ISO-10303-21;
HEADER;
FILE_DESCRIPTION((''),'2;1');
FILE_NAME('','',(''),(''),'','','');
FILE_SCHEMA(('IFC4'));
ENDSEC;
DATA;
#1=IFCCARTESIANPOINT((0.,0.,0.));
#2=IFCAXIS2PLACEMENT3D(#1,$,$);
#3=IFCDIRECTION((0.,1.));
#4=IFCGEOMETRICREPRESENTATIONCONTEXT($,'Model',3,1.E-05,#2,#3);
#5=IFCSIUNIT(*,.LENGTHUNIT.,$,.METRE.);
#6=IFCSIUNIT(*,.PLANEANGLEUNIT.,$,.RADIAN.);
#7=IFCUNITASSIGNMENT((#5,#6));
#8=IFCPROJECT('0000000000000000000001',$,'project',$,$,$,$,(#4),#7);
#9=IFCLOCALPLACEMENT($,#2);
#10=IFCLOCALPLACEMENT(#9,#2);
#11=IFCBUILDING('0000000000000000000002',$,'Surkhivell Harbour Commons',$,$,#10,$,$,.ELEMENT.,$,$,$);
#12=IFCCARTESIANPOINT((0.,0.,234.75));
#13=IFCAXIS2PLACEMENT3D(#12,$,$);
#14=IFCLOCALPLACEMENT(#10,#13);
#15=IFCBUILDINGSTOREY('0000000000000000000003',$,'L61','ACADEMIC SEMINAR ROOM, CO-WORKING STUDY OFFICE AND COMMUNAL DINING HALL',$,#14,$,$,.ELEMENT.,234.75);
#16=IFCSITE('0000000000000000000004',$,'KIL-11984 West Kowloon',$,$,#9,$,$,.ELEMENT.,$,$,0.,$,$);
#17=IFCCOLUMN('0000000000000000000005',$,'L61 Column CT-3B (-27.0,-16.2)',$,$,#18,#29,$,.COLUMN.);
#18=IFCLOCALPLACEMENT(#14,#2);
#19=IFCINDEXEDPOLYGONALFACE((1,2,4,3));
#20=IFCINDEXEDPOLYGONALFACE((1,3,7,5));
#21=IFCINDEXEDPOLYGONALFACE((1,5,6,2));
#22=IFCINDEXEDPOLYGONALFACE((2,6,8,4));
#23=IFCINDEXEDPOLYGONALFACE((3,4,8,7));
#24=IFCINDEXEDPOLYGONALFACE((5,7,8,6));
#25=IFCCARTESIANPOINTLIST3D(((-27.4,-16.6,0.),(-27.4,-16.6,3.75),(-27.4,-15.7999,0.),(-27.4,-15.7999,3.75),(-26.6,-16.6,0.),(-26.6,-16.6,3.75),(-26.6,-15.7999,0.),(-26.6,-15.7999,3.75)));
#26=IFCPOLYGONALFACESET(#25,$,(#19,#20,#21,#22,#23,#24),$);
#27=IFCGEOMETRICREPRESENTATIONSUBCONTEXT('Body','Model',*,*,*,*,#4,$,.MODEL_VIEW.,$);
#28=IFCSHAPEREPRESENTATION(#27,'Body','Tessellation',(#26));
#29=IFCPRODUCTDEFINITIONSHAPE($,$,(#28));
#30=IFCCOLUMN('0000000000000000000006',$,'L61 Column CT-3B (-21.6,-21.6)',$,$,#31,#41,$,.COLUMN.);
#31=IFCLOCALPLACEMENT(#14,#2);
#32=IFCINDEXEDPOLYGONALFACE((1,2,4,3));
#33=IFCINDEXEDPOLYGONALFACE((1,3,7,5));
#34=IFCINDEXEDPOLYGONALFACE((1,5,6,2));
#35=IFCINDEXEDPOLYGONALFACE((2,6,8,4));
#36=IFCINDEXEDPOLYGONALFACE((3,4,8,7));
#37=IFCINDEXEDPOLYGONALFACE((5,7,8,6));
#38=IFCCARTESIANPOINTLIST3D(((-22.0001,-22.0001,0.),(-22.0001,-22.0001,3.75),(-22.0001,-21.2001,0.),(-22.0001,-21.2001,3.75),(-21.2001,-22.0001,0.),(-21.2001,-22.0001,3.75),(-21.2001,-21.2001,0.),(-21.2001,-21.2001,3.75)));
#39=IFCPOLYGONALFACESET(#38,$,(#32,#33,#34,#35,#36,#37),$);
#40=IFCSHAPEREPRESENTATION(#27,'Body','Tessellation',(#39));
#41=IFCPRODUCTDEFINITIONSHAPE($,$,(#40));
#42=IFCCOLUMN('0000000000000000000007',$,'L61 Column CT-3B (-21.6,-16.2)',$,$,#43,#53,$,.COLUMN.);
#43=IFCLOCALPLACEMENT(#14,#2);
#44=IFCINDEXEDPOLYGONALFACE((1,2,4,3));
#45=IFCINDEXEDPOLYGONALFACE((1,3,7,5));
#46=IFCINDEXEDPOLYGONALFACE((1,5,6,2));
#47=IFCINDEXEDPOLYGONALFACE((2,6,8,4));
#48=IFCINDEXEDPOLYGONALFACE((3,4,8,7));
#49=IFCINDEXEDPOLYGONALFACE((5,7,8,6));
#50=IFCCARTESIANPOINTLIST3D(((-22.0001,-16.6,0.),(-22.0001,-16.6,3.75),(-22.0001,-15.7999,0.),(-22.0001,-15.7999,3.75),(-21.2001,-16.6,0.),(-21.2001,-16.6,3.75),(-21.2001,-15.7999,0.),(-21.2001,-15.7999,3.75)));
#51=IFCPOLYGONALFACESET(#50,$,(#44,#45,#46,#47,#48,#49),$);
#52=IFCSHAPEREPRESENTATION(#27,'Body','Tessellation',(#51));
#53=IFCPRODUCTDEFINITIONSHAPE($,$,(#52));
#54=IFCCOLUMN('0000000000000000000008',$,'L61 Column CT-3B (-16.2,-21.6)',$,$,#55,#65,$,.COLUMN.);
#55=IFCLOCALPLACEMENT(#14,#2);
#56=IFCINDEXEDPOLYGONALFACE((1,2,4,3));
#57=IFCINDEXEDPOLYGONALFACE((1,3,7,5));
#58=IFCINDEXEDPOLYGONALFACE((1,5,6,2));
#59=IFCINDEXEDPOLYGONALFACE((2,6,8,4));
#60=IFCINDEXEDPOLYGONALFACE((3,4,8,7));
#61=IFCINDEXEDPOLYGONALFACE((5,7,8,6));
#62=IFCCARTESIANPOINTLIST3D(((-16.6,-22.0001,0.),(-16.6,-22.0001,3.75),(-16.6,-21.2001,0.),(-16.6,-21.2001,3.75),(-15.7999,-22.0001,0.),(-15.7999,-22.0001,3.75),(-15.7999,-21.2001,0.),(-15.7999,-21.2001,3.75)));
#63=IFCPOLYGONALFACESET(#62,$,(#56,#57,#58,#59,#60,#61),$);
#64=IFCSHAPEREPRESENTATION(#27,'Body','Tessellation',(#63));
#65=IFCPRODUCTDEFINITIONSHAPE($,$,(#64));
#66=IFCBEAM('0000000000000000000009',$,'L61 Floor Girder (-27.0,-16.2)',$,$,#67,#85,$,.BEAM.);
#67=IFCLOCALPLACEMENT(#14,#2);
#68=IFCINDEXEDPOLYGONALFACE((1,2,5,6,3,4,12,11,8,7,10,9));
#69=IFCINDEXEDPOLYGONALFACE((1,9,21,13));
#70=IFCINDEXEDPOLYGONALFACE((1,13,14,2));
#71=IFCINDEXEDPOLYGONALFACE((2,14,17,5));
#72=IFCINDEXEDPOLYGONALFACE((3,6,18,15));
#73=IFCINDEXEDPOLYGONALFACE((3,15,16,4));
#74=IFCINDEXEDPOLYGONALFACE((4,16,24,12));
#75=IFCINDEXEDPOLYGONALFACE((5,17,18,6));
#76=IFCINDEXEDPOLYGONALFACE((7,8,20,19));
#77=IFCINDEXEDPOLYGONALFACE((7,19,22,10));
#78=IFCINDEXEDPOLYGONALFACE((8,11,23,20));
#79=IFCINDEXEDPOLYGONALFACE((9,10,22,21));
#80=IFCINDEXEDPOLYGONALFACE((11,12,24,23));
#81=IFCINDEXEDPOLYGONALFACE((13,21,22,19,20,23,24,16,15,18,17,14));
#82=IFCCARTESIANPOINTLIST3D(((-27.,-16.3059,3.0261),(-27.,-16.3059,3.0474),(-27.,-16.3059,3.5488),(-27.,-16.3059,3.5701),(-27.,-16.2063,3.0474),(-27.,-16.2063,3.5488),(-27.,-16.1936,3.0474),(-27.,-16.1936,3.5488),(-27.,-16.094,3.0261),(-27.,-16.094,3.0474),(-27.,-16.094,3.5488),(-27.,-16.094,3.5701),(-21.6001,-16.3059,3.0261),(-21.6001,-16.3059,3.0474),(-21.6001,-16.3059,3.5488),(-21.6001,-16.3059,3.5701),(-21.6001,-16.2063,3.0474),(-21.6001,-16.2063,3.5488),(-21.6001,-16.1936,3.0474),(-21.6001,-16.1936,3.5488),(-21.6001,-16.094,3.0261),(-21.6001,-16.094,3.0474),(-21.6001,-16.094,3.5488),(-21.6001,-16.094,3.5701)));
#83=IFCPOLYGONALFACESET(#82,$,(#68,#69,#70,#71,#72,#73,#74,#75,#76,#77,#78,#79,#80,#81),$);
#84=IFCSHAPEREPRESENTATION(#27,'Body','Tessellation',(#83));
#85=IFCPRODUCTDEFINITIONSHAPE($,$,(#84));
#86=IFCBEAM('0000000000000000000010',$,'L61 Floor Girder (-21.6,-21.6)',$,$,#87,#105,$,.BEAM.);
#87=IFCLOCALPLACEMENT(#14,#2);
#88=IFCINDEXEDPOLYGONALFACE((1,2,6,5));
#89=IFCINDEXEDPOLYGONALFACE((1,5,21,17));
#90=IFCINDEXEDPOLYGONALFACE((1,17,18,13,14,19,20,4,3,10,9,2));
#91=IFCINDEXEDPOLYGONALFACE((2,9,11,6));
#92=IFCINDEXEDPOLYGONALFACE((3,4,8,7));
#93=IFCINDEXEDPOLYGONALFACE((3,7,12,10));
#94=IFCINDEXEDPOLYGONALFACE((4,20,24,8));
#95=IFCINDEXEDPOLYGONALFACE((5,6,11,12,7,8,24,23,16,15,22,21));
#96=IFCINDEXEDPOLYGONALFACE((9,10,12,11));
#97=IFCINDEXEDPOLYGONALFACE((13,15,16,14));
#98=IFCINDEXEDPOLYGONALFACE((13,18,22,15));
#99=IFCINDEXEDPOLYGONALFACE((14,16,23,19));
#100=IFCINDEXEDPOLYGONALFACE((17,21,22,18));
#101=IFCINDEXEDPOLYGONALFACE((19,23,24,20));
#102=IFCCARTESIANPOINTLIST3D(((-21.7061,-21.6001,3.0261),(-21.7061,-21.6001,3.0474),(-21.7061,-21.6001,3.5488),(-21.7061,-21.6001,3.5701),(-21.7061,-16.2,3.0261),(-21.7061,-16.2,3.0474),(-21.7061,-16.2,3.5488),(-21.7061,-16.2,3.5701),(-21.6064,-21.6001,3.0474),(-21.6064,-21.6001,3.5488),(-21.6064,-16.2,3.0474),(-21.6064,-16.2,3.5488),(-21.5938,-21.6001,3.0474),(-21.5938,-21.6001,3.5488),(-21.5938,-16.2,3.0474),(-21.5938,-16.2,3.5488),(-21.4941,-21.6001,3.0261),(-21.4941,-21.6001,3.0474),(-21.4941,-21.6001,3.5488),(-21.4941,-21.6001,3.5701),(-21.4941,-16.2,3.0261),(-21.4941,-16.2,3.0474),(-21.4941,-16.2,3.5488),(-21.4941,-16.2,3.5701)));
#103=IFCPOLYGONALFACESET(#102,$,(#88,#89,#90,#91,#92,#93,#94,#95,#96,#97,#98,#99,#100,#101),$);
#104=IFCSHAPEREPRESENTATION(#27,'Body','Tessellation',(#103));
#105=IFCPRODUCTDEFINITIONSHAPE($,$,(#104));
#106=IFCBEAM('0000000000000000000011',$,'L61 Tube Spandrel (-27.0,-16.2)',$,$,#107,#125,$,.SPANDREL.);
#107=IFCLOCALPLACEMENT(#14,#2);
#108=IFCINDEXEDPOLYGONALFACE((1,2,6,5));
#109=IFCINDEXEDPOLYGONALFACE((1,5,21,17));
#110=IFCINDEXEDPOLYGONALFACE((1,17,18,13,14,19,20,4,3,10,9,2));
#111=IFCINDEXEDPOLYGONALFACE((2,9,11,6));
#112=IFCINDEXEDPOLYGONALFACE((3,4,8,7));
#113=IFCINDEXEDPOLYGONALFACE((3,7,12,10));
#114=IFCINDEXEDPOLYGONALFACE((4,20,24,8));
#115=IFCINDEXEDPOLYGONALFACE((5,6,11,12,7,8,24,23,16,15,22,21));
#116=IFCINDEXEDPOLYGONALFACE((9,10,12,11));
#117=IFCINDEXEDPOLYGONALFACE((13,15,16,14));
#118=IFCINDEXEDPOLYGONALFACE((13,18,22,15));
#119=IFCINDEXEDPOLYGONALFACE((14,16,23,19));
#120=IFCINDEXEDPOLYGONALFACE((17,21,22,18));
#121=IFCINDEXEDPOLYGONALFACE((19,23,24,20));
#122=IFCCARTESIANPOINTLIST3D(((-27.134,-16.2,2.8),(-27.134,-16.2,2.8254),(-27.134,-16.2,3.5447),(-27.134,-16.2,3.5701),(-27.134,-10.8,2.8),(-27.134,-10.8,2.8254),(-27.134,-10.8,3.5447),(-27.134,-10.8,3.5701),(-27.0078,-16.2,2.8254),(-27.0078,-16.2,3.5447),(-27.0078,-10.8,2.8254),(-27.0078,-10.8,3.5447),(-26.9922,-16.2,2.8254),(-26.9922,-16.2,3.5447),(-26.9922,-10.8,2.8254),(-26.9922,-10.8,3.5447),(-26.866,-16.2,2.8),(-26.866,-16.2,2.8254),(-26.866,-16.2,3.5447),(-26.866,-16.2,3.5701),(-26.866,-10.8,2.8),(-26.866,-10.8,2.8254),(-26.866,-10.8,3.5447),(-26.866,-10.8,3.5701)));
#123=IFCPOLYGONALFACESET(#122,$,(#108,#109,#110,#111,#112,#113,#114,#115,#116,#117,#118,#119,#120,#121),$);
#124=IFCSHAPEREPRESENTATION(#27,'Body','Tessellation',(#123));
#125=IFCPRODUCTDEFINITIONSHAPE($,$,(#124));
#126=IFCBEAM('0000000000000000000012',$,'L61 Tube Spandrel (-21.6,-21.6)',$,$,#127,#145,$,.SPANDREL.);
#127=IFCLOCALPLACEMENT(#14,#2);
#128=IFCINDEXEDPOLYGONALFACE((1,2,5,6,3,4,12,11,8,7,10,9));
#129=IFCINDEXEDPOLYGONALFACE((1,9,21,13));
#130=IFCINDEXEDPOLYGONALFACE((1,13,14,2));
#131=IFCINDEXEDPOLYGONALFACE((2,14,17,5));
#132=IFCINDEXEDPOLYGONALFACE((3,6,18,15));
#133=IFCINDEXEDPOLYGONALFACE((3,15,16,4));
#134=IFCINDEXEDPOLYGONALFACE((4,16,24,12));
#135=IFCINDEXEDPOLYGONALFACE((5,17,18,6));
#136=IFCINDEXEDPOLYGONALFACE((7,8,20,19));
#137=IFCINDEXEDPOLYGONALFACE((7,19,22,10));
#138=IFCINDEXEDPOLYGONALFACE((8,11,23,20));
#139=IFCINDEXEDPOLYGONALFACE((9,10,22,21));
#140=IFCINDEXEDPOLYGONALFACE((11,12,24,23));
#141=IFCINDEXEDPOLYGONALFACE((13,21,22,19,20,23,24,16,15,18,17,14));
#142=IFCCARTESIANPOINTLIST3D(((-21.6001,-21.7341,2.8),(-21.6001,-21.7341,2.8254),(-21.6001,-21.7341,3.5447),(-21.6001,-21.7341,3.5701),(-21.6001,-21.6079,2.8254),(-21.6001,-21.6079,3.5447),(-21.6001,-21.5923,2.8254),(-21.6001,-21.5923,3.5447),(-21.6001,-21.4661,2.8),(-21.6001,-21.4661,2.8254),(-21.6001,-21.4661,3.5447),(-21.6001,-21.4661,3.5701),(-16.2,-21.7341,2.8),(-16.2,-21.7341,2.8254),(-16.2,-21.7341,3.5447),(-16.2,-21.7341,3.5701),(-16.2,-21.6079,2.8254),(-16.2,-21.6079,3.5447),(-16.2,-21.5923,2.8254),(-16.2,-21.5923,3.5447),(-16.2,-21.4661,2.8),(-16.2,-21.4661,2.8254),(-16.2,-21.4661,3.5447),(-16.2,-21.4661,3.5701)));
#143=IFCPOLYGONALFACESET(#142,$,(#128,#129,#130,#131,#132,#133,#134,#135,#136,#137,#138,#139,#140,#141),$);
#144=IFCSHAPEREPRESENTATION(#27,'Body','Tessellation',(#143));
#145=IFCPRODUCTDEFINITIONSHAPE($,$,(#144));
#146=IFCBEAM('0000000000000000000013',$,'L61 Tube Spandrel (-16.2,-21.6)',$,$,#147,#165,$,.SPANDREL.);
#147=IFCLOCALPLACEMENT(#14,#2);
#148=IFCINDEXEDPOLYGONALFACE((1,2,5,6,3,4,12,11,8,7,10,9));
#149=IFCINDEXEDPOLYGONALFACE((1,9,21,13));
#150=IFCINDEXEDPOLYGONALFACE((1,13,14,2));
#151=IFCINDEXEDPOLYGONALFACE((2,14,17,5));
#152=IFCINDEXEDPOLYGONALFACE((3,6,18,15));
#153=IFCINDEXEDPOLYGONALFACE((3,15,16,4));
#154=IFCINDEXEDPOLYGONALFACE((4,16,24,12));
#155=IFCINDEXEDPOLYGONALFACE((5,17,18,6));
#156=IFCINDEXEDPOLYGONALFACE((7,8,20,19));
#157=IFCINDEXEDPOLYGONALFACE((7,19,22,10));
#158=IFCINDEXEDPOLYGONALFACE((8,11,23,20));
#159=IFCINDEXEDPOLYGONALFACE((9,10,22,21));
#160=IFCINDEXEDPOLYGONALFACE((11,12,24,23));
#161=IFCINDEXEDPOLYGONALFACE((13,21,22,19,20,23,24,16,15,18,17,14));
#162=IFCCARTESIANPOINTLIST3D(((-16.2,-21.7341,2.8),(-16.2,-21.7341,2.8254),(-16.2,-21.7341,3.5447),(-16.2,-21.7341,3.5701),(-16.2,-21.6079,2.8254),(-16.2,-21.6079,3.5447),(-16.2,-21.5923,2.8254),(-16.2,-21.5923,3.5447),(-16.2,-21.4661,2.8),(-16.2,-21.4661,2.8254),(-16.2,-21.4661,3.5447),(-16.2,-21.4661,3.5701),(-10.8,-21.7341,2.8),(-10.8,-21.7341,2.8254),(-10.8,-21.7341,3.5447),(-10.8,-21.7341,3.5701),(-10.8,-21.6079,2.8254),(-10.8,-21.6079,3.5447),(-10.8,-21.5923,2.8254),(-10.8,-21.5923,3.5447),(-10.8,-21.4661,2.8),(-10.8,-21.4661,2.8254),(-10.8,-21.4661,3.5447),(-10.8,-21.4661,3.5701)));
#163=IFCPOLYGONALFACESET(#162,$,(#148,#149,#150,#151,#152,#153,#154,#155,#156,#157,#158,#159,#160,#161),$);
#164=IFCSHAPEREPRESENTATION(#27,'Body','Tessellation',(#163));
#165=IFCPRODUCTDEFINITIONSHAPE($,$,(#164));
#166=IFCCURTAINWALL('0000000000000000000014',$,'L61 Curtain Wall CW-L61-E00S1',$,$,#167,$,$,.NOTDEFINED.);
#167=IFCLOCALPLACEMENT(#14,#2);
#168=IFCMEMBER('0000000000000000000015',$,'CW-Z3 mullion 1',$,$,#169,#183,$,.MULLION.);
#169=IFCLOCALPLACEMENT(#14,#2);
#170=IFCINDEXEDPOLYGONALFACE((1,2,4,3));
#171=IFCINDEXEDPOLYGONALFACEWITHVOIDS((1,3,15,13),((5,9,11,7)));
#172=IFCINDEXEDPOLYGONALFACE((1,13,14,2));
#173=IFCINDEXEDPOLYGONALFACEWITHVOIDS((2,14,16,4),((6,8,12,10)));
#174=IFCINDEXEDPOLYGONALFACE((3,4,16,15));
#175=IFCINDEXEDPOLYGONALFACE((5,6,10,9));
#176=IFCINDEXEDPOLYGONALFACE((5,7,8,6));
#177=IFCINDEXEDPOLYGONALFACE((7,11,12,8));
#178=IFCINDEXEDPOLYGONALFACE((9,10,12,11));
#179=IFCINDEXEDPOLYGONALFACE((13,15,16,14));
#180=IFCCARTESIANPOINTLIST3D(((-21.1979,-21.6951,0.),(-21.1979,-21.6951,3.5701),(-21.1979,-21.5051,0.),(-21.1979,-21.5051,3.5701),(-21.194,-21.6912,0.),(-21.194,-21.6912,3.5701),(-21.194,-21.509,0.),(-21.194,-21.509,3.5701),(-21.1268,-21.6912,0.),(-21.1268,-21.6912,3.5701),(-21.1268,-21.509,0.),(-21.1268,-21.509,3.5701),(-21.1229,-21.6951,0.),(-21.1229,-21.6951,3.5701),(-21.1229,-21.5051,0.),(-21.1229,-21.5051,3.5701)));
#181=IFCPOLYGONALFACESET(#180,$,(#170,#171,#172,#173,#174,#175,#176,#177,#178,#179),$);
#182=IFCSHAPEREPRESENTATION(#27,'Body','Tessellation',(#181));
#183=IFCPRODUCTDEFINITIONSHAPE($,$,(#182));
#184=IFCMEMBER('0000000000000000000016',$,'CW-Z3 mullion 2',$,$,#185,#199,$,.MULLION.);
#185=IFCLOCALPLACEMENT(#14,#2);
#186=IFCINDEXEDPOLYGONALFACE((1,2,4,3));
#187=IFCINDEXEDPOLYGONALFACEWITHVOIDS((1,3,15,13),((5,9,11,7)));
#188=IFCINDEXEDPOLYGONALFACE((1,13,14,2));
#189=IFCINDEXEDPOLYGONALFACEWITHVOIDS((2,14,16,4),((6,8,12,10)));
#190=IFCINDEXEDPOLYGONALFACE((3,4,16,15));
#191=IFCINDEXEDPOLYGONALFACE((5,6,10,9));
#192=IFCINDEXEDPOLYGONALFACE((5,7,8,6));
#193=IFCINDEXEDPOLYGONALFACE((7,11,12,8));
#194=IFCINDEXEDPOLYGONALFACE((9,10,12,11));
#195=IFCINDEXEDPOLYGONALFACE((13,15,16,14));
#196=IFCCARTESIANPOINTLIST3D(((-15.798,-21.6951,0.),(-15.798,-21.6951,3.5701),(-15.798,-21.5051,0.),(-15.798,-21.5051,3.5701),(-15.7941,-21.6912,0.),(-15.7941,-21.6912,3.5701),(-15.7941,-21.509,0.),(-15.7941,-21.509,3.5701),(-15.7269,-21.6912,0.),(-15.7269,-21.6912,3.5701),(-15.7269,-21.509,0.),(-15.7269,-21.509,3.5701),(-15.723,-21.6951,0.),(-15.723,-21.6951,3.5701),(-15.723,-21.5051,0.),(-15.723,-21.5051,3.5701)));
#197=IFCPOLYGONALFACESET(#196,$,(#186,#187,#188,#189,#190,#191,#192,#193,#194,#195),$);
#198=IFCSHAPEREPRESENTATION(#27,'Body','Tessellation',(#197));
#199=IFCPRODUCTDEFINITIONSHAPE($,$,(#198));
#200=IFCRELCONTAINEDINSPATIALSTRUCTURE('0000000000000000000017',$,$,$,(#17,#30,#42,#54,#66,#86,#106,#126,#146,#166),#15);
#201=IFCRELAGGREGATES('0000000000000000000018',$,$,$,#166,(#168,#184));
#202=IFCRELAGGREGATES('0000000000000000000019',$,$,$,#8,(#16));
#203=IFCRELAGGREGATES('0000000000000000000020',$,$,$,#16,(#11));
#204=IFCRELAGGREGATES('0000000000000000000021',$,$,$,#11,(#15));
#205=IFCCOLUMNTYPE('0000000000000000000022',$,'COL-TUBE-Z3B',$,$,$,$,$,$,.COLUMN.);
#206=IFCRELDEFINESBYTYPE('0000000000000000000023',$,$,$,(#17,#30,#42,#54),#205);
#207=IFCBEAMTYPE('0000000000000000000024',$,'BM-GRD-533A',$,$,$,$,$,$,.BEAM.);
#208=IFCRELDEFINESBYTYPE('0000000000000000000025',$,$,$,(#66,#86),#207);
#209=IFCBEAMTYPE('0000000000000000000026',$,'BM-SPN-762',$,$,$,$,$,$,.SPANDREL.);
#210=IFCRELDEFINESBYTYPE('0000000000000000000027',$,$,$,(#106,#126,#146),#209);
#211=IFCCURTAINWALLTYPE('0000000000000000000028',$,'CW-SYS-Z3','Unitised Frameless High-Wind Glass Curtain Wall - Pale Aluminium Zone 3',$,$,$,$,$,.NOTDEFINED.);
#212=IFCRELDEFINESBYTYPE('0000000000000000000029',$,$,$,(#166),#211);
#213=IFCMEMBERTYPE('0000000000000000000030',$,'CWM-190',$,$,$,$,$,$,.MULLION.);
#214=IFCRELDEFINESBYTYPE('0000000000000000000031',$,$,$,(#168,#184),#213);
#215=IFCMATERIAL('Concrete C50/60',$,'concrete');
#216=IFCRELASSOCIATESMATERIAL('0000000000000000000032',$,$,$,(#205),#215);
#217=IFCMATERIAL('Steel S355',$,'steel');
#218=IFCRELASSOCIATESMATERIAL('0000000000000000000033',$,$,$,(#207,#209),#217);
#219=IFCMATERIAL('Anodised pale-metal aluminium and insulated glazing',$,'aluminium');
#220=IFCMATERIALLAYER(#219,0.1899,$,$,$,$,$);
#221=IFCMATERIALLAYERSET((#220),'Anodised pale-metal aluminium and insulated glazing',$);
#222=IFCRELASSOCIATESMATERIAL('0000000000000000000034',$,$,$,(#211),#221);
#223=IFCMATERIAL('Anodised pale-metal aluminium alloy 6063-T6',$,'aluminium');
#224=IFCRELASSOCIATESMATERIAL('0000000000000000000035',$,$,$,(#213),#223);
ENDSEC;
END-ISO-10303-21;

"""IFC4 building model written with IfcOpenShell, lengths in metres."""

from ifc_helpers import new_model, si_unit, direction, frame, origin, origin_2d, place, context, subcontext, project, spatial, rectangle, hollow_rectangle, i_section, extrude, material, layer, layer_set, material_profile, profile_set, type_object, element, aggregate, save


model = new_model("IFC4")

# Units and contexts
model_context = context("Model", 3, precision=1e-05, world=origin(), true_north=direction((0.0, 1.0)))
body_context = subcontext(model_context, "Body", "Model", "MODEL_VIEW")
ifc_project = project(units=[si_unit("LENGTHUNIT", "METRE"), si_unit("PLANEANGLEUNIT", "RADIAN")], contexts=[model_context])

# Site, building, storey
site_placement = place(None, origin())
site = spatial("IfcSite", under=ifc_project, at=site_placement, Name="KIL-11984 West Kowloon", CompositionType="ELEMENT", RefElevation=0.0)
building_placement = place(site_placement, origin())
building = spatial("IfcBuilding", under=site, at=building_placement, Name="Surkhivell Harbour Commons", CompositionType="ELEMENT")
storey_placement = place(building_placement, frame((0.0, 0.0, 234.75)))
storey = spatial("IfcBuildingStorey", under=building, at=storey_placement, Name="L61", Description="ACADEMIC SEMINAR ROOM, CO-WORKING STUDY OFFICE AND COMMUNAL DINING HALL", CompositionType="ELEMENT", Elevation=234.75)

# Columns
ifc_material_1 = material(Name="Concrete C50/60", Category="concrete")
ifc_material_profile_1 = material_profile(ifc_material_1, rectangle(XDim=0.8, YDim=0.8, at=origin_2d()), Name="RC-COL-800x800")
ifc_profile_set_1 = profile_set([ifc_material_profile_1], Name="Concrete C50/60")
column_type = type_object("IfcColumnType", Name="COL-TUBE-Z3B", PredefinedType="COLUMN", material=ifc_profile_set_1)
for number, where, z_axis, x_axis, name in (
    (1, (-27.0, -16.2, 0.0), (0.0, 0.0, 1.0), (1.0, 0.0, 0.0), "L61 Column CT-3B (-27.0,-16.2)"),
    (2, (-21.6001, -21.6001, 0.0), (0.0, 0.0, 1.0), (1.0, 0.0, 0.0), "L61 Column CT-3B (-21.6,-21.6)"),
    (3, (-21.6001, -16.2, 0.0), (0.0, 0.0, 1.0), (1.0, 0.0, 0.0), "L61 Column CT-3B (-21.6,-16.2)"),
    (4, (-16.2, -21.6001, 0.0), (0.0, 0.0, 1.0), (1.0, 0.0, 0.0), "L61 Column CT-3B (-16.2,-21.6)"),
):
    element("IfcColumn", number, at=place(storey_placement, frame(where, z_axis=z_axis, x_axis=x_axis)), inside=storey, type_object=column_type, Name=name, PredefinedType="COLUMN", context=body_context, shape_type="SweptSolid", body=[
        extrude(rectangle(XDim=0.8, YDim=0.8, at=origin_2d()), origin(), (0.0, 0.0, 1.0), 3.75),
    ])

# Beams
ifc_material_2 = material(Name="Steel S355", Category="steel")
ifc_material_profile_2 = material_profile(ifc_material_2, i_section(OverallWidth=0.2119, OverallDepth=0.5439, WebThickness=0.0127, FlangeThickness=0.0212, at=origin_2d()), Name="UB533x210x122")
ifc_profile_set_2 = profile_set([ifc_material_profile_2], Name="Steel S355")
beam_type_1 = type_object("IfcBeamType", Name="BM-GRD-533A", PredefinedType="BEAM", material=ifc_profile_set_2)
beam_1_placement = place(storey_placement, frame((-27.0, -16.2, 3.2981), z_axis=(1.0, 0.0, 0.0), x_axis=(0.0, 1.0, 0.0)))
element("IfcBeam", 5, at=beam_1_placement, inside=storey, type_object=beam_type_1, Name="L61 Floor Girder (-27.0,-16.2)", PredefinedType="BEAM", context=body_context, shape_type="SweptSolid", body=[
    extrude(i_section(OverallWidth=0.2119, OverallDepth=0.5439, WebThickness=0.0127, FlangeThickness=0.0212, at=origin_2d()), origin(), (0.0, 0.0, 1.0), 5.3999),
])
beam_2_placement = place(storey_placement, frame((-21.6001, -21.6001, 3.2981), z_axis=(0.0, 1.0, 0.0), x_axis=(-1.0, 0.0, 0.0)))
element("IfcBeam", 6, at=beam_2_placement, inside=storey, type_object=beam_type_1, Name="L61 Floor Girder (-21.6,-21.6)", PredefinedType="BEAM", context=body_context, shape_type="SweptSolid", body=[
    extrude(i_section(OverallWidth=0.2119, OverallDepth=0.5439, WebThickness=0.0127, FlangeThickness=0.0212, at=origin_2d()), origin(), (0.0, 0.0, 1.0), 5.4001),
])
ifc_material_profile_3 = material_profile(ifc_material_2, i_section(OverallWidth=0.2681, OverallDepth=0.77, WebThickness=0.0156, FlangeThickness=0.0254, at=origin_2d()), Name="UB762x267x197")
ifc_profile_set_3 = profile_set([ifc_material_profile_3], Name="Steel S355")
beam_type_2 = type_object("IfcBeamType", Name="BM-SPN-762", PredefinedType="SPANDREL", material=ifc_profile_set_3)
beam_3_placement = place(storey_placement, frame((-27.0, -16.2, 3.1851), z_axis=(0.0, 1.0, 0.0), x_axis=(-1.0, 0.0, 0.0)))
element("IfcBeam", 7, at=beam_3_placement, inside=storey, type_object=beam_type_2, Name="L61 Tube Spandrel (-27.0,-16.2)", PredefinedType="SPANDREL", context=body_context, shape_type="SweptSolid", body=[
    extrude(i_section(OverallWidth=0.2681, OverallDepth=0.77, WebThickness=0.0156, FlangeThickness=0.0254, at=origin_2d()), origin(), (0.0, 0.0, 1.0), 5.3999),
])
beam_4_placement = place(storey_placement, frame((-21.6001, -21.6001, 3.1851), z_axis=(1.0, 0.0, 0.0), x_axis=(0.0, 1.0, 0.0)))
element("IfcBeam", 8, at=beam_4_placement, inside=storey, type_object=beam_type_2, Name="L61 Tube Spandrel (-21.6,-21.6)", PredefinedType="SPANDREL", context=body_context, shape_type="SweptSolid", body=[
    extrude(i_section(OverallWidth=0.2681, OverallDepth=0.77, WebThickness=0.0156, FlangeThickness=0.0254, at=origin_2d()), origin(), (0.0, 0.0, 1.0), 5.4001),
])
beam_5_placement = place(storey_placement, frame((-16.2, -21.6001, 3.1851), z_axis=(1.0, 0.0, 0.0), x_axis=(0.0, 1.0, 0.0)))
element("IfcBeam", 9, at=beam_5_placement, inside=storey, type_object=beam_type_2, Name="L61 Tube Spandrel (-16.2,-21.6)", PredefinedType="SPANDREL", context=body_context, shape_type="SweptSolid", body=[
    extrude(i_section(OverallWidth=0.2681, OverallDepth=0.77, WebThickness=0.0156, FlangeThickness=0.0254, at=origin_2d()), origin(), (0.0, 0.0, 1.0), 5.3999),
])

# Curtain wall, members
ifc_material_3 = material(Name="Anodised pale-metal aluminium and insulated glazing", Category="aluminium")
ifc_layer_1 = layer(ifc_material_3, 0.1899)
ifc_layer_set_1 = layer_set([ifc_layer_1], Name="Anodised pale-metal aluminium and insulated glazing")
curtain_wall_type = type_object("IfcCurtainWallType", Name="CW-SYS-Z3", Description="Unitised Frameless High-Wind Glass Curtain Wall - Pale Aluminium Zone 3", PredefinedType="NOTDEFINED", material=ifc_layer_set_1)
curtain_wall_placement = place(storey_placement, origin())
curtain_wall = element("IfcCurtainWall", 10, at=curtain_wall_placement, inside=storey, type_object=curtain_wall_type, Name="L61 Curtain Wall CW-L61-E00S1", PredefinedType="NOTDEFINED")
ifc_material_4 = material(Name="Anodised pale-metal aluminium alloy 6063-T6", Category="aluminium")
ifc_material_profile_4 = material_profile(ifc_material_4, hollow_rectangle(XDim=0.075, YDim=0.1899, WallThickness=0.0039, at=origin_2d()), Name="ALU-MULL-75x190")
ifc_profile_set_4 = profile_set([ifc_material_profile_4], Name="Anodised pale-metal aluminium alloy 6063-T6")
member_type_1 = type_object("IfcMemberType", Name="CWM-190", PredefinedType="MULLION", material=ifc_profile_set_4)
member_1_placement = place(storey_placement, frame((-21.1604, -21.6001, 0.0), z_axis=(0.0, 0.0, 1.0), x_axis=(1.0, 0.0, 0.0)))
member_1 = element("IfcMember", 11, at=member_1_placement, type_object=member_type_1, Name="CW-Z3 mullion 1", PredefinedType="MULLION", context=body_context, shape_type="SweptSolid", body=[
    extrude(hollow_rectangle(XDim=0.075, YDim=0.1899, WallThickness=0.0039, at=origin_2d()), origin(), (0.0, 0.0, 1.0), 3.5701),
])
member_2_placement = place(storey_placement, frame((-15.7605, -21.6001, 0.0), z_axis=(0.0, 0.0, 1.0), x_axis=(1.0, 0.0, 0.0)))
member_2 = element("IfcMember", 12, at=member_2_placement, type_object=member_type_1, Name="CW-Z3 mullion 2", PredefinedType="MULLION", context=body_context, shape_type="SweptSolid", body=[
    extrude(hollow_rectangle(XDim=0.075, YDim=0.1899, WallThickness=0.0039, at=origin_2d()), origin(), (0.0, 0.0, 1.0), 3.5701),
])

aggregate(curtain_wall, [member_1, member_2])

save(model, "model.ifc")
